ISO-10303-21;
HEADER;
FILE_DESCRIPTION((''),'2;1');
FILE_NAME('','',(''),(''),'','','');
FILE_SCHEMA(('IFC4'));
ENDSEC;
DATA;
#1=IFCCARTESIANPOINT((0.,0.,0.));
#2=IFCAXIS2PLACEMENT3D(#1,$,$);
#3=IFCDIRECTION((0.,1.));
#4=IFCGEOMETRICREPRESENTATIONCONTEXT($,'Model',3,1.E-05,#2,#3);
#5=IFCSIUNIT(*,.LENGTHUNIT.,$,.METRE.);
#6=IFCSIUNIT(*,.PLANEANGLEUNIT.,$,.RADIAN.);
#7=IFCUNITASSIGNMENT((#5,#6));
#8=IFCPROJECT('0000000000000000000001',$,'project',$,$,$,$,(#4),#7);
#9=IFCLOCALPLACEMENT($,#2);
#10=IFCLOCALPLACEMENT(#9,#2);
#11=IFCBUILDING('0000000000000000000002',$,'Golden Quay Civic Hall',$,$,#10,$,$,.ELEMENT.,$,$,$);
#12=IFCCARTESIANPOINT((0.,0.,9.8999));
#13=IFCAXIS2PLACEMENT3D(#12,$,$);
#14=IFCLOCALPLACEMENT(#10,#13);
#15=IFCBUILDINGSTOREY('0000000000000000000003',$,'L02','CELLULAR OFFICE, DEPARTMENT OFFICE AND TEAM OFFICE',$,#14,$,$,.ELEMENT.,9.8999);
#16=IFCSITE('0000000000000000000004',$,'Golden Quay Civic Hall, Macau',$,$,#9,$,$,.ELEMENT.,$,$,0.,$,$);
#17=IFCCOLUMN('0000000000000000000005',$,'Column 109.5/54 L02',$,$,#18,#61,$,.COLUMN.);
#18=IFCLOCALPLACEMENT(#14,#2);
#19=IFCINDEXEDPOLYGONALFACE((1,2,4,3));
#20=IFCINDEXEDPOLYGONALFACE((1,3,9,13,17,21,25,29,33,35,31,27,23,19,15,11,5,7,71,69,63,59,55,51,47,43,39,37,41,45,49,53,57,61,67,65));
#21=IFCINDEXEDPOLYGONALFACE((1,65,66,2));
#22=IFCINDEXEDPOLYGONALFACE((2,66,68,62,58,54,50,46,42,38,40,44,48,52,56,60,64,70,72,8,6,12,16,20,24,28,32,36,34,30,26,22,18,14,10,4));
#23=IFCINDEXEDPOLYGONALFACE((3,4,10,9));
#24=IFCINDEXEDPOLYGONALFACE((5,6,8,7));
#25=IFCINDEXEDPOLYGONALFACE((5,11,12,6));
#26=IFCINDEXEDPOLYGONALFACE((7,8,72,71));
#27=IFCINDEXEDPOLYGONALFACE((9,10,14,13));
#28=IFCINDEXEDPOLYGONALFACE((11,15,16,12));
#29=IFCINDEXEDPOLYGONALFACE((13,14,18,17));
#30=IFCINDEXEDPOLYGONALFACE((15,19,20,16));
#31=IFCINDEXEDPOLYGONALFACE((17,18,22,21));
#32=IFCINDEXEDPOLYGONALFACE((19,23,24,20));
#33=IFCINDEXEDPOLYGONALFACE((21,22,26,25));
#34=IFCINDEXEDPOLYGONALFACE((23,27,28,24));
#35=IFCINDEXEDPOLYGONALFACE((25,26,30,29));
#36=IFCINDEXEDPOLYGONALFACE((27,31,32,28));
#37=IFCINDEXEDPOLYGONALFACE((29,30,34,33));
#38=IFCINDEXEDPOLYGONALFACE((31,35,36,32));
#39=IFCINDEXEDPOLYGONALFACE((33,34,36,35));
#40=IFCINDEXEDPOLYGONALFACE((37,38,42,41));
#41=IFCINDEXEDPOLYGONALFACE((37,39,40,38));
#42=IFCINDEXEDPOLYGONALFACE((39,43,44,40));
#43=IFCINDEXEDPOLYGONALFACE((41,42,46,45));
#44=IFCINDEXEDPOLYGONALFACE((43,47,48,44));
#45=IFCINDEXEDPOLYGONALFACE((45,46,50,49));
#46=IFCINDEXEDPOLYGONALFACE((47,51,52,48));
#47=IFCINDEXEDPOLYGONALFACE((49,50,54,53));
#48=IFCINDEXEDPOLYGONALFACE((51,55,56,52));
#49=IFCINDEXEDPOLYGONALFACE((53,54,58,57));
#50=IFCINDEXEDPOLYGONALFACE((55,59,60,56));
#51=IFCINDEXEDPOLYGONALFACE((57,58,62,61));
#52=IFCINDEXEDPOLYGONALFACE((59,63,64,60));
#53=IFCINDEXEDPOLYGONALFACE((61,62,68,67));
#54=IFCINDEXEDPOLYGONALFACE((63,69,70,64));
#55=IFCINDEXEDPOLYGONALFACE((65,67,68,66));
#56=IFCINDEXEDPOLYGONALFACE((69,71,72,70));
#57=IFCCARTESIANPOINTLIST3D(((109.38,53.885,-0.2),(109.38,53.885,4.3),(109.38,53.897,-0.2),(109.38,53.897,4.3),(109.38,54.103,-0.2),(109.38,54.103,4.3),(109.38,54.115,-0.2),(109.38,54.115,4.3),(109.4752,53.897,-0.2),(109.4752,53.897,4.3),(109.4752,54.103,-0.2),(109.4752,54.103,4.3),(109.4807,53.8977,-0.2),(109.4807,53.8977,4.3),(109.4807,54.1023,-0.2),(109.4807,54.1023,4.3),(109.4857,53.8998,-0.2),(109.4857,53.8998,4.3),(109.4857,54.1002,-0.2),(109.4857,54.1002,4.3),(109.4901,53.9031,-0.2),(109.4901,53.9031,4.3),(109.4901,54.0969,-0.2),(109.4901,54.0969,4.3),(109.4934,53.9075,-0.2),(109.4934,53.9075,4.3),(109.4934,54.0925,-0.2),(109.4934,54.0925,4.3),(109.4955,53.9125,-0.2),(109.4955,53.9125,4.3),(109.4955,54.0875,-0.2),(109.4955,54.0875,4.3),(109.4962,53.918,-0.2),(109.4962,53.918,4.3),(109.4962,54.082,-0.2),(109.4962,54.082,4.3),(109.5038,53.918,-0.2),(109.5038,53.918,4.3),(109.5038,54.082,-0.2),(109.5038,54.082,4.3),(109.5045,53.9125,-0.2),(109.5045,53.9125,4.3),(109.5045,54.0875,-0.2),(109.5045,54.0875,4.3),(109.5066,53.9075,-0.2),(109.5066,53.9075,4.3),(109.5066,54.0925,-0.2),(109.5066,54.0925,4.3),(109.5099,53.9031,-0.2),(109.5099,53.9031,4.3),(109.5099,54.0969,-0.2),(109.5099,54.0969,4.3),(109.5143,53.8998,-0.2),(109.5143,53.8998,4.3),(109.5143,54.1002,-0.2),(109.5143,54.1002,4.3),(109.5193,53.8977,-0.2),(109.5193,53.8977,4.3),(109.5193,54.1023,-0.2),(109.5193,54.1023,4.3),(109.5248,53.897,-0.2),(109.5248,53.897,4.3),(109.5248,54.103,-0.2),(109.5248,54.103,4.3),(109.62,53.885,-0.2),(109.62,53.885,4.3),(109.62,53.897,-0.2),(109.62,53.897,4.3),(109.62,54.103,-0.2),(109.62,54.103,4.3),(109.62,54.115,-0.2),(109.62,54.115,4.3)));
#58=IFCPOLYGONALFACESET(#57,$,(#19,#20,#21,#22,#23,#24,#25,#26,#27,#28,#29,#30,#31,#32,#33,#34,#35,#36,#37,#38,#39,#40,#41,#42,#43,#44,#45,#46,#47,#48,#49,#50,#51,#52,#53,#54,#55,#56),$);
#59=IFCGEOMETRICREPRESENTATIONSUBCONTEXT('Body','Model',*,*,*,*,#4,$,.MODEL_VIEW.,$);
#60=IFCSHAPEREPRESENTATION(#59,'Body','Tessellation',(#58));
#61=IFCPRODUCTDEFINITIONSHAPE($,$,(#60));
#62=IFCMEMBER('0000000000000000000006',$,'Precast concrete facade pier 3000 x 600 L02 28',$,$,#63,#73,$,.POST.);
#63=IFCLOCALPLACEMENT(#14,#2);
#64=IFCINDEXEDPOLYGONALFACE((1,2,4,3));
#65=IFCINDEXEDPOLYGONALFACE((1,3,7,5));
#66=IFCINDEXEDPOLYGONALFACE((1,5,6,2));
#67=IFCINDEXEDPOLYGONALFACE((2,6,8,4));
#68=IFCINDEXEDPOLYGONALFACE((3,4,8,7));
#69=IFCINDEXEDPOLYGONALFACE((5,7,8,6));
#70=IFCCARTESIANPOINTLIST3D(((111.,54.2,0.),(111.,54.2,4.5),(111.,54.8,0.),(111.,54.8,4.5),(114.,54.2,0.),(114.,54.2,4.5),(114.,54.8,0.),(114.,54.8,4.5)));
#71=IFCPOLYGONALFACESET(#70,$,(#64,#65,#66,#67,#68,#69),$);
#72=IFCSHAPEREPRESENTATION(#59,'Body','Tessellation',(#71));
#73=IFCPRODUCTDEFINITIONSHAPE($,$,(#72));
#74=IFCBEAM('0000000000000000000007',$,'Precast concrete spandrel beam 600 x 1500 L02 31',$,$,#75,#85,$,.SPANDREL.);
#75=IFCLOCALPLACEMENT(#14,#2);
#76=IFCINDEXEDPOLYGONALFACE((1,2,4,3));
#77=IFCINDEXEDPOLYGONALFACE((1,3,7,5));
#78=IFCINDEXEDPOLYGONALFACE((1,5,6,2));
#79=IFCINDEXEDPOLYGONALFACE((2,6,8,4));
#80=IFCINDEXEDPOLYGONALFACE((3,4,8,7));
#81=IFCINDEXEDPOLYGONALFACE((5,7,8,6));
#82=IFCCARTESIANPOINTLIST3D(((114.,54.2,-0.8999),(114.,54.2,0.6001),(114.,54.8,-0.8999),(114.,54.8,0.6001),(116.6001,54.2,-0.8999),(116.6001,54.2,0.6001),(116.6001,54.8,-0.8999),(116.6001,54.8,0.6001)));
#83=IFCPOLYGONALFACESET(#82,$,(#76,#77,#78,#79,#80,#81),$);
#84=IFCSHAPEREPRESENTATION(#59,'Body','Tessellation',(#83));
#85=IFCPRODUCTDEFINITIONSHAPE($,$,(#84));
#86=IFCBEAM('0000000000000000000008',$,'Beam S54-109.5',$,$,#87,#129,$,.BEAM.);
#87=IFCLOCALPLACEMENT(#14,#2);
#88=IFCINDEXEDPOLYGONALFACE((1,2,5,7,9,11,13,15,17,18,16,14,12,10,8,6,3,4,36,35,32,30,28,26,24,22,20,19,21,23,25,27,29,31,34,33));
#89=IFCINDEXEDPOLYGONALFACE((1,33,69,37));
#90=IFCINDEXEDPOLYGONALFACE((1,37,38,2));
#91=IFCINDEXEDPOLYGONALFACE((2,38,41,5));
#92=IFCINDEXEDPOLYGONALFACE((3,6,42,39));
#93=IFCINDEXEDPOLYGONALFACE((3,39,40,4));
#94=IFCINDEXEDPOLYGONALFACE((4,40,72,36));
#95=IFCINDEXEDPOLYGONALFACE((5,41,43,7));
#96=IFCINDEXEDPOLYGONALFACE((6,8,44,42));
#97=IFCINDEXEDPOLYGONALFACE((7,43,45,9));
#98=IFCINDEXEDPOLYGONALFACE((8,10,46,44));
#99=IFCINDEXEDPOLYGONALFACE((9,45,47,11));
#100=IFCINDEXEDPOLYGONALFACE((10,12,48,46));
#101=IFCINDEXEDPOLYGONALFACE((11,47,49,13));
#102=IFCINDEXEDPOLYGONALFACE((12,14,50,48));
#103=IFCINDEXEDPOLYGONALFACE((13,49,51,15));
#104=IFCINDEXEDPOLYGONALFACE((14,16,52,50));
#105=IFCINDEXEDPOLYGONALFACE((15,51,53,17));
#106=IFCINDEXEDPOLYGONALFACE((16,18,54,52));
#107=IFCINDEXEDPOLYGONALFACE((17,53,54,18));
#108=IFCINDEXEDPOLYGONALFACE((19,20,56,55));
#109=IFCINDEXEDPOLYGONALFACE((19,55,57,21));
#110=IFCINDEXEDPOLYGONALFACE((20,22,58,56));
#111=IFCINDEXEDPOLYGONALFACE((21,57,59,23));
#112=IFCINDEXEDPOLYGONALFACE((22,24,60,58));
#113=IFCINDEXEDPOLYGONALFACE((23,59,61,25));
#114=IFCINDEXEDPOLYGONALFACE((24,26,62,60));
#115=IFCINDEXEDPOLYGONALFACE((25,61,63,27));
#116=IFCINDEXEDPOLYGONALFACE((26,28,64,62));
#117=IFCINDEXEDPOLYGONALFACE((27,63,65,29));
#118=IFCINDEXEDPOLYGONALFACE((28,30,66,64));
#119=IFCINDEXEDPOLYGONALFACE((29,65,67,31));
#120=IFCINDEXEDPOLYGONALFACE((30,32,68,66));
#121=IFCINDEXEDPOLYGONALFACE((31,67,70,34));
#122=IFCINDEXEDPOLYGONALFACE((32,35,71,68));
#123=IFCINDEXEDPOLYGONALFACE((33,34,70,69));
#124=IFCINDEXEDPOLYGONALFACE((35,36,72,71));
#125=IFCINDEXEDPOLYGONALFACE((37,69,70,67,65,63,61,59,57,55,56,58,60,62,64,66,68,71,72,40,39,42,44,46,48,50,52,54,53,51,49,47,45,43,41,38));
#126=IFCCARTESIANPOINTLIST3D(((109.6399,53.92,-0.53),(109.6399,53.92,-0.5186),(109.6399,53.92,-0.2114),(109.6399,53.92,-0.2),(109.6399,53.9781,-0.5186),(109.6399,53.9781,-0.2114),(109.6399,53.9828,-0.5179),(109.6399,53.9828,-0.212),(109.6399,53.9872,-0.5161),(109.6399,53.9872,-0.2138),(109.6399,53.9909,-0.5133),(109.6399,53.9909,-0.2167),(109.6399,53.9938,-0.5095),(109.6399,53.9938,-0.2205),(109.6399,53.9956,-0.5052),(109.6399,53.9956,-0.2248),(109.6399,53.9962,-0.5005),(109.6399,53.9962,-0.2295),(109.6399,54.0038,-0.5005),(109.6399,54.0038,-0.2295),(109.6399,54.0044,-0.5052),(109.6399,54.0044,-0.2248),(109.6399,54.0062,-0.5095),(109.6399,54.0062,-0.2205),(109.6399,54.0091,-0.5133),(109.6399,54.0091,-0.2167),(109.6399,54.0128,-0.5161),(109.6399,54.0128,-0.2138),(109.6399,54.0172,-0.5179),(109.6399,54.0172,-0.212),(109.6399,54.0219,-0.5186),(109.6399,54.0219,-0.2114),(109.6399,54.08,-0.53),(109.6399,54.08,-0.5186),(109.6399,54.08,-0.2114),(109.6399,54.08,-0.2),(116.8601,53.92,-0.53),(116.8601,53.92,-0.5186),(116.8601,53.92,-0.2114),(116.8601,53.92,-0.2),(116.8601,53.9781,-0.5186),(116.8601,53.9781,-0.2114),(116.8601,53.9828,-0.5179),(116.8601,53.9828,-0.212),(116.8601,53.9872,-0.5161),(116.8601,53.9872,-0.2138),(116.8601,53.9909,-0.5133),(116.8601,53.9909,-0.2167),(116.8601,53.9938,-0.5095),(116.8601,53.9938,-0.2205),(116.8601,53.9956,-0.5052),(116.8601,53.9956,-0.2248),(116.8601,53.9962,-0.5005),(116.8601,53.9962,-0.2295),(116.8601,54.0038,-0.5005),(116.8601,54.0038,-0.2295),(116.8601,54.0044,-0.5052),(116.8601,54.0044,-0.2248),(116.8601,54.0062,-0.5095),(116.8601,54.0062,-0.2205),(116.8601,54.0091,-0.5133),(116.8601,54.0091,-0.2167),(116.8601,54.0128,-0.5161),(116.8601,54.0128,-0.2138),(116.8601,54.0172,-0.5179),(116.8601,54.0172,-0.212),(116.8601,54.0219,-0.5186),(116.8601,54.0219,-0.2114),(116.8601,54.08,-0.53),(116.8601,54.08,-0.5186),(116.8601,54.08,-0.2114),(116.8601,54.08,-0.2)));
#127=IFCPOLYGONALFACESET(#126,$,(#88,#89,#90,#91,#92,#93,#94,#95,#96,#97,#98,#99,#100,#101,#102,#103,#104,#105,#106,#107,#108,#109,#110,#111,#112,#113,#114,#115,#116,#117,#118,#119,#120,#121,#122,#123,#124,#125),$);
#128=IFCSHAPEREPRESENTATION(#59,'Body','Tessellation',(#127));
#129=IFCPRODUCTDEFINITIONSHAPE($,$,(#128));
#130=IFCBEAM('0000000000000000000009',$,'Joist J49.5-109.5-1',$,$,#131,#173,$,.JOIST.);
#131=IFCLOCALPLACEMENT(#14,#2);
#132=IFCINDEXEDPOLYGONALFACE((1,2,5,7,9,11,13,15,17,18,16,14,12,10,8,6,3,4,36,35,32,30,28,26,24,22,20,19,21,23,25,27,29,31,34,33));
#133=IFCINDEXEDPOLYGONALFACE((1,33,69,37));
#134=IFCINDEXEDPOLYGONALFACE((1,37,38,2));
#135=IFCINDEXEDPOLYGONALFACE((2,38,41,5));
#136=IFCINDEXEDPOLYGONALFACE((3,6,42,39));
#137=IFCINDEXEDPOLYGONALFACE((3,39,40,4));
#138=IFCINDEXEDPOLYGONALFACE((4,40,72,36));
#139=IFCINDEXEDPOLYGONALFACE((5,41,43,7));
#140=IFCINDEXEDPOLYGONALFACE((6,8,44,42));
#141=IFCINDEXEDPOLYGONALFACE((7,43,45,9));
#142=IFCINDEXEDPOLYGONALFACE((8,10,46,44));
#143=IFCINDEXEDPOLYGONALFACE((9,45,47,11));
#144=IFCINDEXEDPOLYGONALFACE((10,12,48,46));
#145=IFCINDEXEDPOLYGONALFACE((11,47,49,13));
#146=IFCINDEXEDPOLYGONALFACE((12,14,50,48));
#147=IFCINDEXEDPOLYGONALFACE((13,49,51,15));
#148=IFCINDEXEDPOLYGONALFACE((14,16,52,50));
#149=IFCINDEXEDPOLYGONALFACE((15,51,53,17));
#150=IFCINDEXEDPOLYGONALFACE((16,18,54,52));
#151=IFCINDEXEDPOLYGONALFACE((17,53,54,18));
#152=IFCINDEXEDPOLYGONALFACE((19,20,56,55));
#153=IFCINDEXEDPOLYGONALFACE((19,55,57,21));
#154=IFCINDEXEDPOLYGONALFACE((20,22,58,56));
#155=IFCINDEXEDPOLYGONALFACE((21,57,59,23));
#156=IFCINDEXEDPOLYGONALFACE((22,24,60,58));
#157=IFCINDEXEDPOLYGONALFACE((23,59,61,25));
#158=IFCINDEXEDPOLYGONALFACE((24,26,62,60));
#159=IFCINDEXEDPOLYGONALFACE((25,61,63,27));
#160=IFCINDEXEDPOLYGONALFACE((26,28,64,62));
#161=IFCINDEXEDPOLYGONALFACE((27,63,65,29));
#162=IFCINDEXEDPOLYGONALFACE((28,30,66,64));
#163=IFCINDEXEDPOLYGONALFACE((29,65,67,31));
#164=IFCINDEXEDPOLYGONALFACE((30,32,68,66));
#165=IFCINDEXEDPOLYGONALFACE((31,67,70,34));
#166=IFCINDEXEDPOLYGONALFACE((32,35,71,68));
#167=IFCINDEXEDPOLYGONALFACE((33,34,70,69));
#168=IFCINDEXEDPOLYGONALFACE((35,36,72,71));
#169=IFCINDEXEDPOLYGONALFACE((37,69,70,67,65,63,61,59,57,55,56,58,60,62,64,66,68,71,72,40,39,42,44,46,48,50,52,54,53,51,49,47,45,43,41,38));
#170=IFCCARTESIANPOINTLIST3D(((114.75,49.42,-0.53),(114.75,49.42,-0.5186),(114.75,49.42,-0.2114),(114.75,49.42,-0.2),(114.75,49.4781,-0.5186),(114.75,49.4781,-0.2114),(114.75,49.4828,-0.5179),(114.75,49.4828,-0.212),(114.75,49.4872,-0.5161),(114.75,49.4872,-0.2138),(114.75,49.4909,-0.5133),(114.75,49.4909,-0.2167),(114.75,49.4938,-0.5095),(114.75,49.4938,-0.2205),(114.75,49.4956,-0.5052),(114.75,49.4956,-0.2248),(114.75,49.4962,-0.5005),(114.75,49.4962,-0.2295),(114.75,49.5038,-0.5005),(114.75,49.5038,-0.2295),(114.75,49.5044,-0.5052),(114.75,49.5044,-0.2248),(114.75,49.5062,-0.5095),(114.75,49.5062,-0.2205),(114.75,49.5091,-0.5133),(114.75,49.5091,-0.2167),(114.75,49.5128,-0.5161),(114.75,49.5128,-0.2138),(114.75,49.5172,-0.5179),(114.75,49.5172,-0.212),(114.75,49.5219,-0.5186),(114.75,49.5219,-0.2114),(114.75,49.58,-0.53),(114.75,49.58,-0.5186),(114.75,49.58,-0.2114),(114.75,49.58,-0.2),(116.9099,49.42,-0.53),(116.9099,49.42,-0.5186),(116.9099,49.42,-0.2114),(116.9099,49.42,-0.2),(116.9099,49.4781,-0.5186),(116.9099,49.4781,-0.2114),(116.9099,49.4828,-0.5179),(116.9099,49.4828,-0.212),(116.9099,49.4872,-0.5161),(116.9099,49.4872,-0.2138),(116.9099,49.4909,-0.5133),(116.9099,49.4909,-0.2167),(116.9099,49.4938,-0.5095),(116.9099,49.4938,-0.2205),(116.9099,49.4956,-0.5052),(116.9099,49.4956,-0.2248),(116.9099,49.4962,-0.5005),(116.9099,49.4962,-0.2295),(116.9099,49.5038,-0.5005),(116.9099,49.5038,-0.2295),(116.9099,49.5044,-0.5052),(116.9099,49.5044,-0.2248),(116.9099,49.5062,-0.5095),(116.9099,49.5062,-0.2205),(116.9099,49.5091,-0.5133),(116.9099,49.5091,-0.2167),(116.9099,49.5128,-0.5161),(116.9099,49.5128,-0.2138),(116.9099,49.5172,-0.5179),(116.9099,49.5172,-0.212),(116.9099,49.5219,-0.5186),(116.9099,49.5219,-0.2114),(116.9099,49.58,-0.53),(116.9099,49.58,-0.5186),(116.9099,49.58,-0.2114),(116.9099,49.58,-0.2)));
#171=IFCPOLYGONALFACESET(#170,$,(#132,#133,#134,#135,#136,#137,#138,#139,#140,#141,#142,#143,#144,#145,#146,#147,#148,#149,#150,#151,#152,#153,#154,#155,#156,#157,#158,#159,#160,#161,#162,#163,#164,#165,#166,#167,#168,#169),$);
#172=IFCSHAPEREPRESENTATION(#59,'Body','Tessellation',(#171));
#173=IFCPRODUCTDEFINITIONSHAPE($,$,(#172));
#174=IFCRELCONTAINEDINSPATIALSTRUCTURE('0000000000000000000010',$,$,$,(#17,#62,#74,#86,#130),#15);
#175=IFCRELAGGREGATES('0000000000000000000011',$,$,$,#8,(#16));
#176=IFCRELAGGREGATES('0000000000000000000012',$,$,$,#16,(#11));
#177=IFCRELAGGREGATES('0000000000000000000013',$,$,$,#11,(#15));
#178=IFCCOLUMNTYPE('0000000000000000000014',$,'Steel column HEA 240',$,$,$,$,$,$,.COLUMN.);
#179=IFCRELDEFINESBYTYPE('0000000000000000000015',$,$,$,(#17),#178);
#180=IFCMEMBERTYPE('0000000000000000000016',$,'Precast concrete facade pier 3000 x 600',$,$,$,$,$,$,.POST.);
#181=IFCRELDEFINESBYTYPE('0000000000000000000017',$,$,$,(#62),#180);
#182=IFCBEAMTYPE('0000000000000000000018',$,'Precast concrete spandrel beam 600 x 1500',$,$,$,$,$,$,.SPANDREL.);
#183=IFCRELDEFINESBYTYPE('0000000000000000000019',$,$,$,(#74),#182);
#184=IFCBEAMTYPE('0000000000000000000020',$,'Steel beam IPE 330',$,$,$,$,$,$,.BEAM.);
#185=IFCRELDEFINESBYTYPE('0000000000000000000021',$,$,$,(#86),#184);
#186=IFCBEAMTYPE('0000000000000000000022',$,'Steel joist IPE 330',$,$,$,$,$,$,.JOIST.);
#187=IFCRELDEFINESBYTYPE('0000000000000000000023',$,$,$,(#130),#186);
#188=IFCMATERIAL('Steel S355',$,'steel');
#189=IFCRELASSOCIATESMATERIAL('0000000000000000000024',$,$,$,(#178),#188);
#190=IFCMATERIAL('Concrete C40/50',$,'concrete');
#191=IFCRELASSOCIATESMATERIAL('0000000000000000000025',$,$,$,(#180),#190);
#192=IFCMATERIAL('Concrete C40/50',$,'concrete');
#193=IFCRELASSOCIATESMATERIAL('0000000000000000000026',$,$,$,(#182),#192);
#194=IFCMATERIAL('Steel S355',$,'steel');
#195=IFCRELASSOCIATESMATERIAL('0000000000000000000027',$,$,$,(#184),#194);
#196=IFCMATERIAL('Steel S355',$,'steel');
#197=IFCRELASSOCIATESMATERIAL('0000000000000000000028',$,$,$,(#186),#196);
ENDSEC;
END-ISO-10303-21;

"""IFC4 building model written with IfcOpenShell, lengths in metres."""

from ifc_helpers import new_model, si_unit, direction, frame, origin, origin_2d, place, context, subcontext, project, spatial, rectangle, i_section, extrude, material, material_profile, profile_set, type_object, element, save


model = new_model("IFC4")

# Units and contexts
model_context = context("Model", 3, precision=1e-05, world=origin(), true_north=direction((0.0, 1.0)))
body_context = subcontext(model_context, "Body", "Model", "MODEL_VIEW")
ifc_project = project(units=[si_unit("LENGTHUNIT", "METRE"), si_unit("PLANEANGLEUNIT", "RADIAN")], contexts=[model_context])

# Site, building, storey
site_placement = place(None, origin())
site = spatial("IfcSite", under=ifc_project, at=site_placement, Name="Golden Quay Civic Hall, Macau", CompositionType="ELEMENT", RefElevation=0.0)
building_placement = place(site_placement, origin())
building = spatial("IfcBuilding", under=site, at=building_placement, Name="Golden Quay Civic Hall", CompositionType="ELEMENT")
storey_placement = place(building_placement, frame((0.0, 0.0, 9.8999)))
storey = spatial("IfcBuildingStorey", under=building, at=storey_placement, Name="L02", Description="CELLULAR OFFICE, DEPARTMENT OFFICE AND TEAM OFFICE", CompositionType="ELEMENT", Elevation=9.8999)

# Column
ifc_material_1 = material(Name="Steel S355", Category="steel")
ifc_material_profile_1 = material_profile(ifc_material_1, i_section(OverallWidth=0.24, OverallDepth=0.23, WebThickness=0.0076, FlangeThickness=0.012, FilletRadius=0.021, at=origin_2d()), Name="HEA 240")
ifc_profile_set_1 = profile_set([ifc_material_profile_1], Name="Steel S355")
column_type = type_object("IfcColumnType", Name="Steel column HEA 240", PredefinedType="COLUMN", material=ifc_profile_set_1)
column_placement = place(storey_placement, frame((109.5, 54.0, -0.2), z_axis=(0.0, 0.0, 1.0), x_axis=(1.0, 0.0, 0.0)))
element("IfcColumn", 1, at=column_placement, inside=storey, type_object=column_type, Name="Column 109.5/54 L02", PredefinedType="COLUMN", context=body_context, shape_type="SweptSolid", body=[
    extrude(i_section(OverallWidth=0.24, OverallDepth=0.23, WebThickness=0.0076, FlangeThickness=0.012, FilletRadius=0.021, at=origin_2d()), origin(), (0.0, 0.0, 1.0), 4.5),
])

# Member
ifc_material_2 = material(Name="Concrete C40/50", Category="concrete")
ifc_material_profile_2 = material_profile(ifc_material_2, rectangle(XDim=3.0, YDim=0.6001, at=origin_2d()), Name="RC 3000x600")
ifc_profile_set_2 = profile_set([ifc_material_profile_2], Name="Concrete C40/50")
member_type = type_object("IfcMemberType", Name="Precast concrete facade pier 3000 x 600", PredefinedType="POST", material=ifc_profile_set_2)
member_placement = place(storey_placement, frame((112.5, 54.5, 0.0), z_axis=(0.0, 0.0, 1.0), x_axis=(1.0, 0.0, 0.0)))
element("IfcMember", 2, at=member_placement, inside=storey, type_object=member_type, Name="Precast concrete facade pier 3000 x 600 L02 28", PredefinedType="POST", context=body_context, shape_type="SweptSolid", body=[
    extrude(rectangle(XDim=3.0, YDim=0.6001, at=origin_2d()), origin(), (0.0, 0.0, 1.0), 4.5),
])

# Beams
ifc_material_3 = material(Name="Concrete C40/50", Category="concrete")
ifc_material_profile_3 = material_profile(ifc_material_3, rectangle(XDim=0.6001, YDim=1.5, at=origin_2d()), Name="RC 600x1500")
ifc_profile_set_3 = profile_set([ifc_material_profile_3], Name="Concrete C40/50")
beam_type_1 = type_object("IfcBeamType", Name="Precast concrete spandrel beam 600 x 1500", PredefinedType="SPANDREL", material=ifc_profile_set_3)
beam_1_placement = place(storey_placement, frame((114.0, 54.5, -0.1499), z_axis=(1.0, 0.0, 0.0), x_axis=(0.0, 1.0, 0.0)))
element("IfcBeam", 3, at=beam_1_placement, inside=storey, type_object=beam_type_1, Name="Precast concrete spandrel beam 600 x 1500 L02 31", PredefinedType="SPANDREL", context=body_context, shape_type="SweptSolid", body=[
    extrude(rectangle(XDim=0.6001, YDim=1.5, at=origin_2d()), origin(), (0.0, 0.0, 1.0), 2.6001),
])
ifc_material_4 = material(Name="Steel S355", Category="steel")
ifc_material_profile_4 = material_profile(ifc_material_4, i_section(OverallWidth=0.1599, OverallDepth=0.3301, WebThickness=0.0076, FlangeThickness=0.0115, FilletRadius=0.0181, at=origin_2d()), Name="IPE 330")
ifc_profile_set_4 = profile_set([ifc_material_profile_4], Name="Steel S355")
beam_type_2 = type_object("IfcBeamType", Name="Steel beam IPE 330", PredefinedType="BEAM", material=ifc_profile_set_4)
beam_2_placement = place(storey_placement, frame((109.6399, 54.0, -0.365), z_axis=(1.0, 0.0, 0.0), x_axis=(0.0, 1.0, 0.0)))
element("IfcBeam", 4, at=beam_2_placement, inside=storey, type_object=beam_type_2, Name="Beam S54-109.5", PredefinedType="BEAM", context=body_context, shape_type="SweptSolid", body=[
    extrude(i_section(OverallWidth=0.1599, OverallDepth=0.3301, WebThickness=0.0076, FlangeThickness=0.0115, FilletRadius=0.0181, at=origin_2d()), origin(), (0.0, 0.0, 1.0), 7.2202),
])
ifc_material_5 = material(Name="Steel S355", Category="steel")
ifc_material_profile_5 = material_profile(ifc_material_5, i_section(OverallWidth=0.1599, OverallDepth=0.3301, WebThickness=0.0076, FlangeThickness=0.0115, FilletRadius=0.0181, at=origin_2d()), Name="IPE 330")
ifc_profile_set_5 = profile_set([ifc_material_profile_5], Name="Steel S355")
beam_type_3 = type_object("IfcBeamType", Name="Steel joist IPE 330", PredefinedType="JOIST", material=ifc_profile_set_5)
beam_3_placement = place(storey_placement, frame((114.75, 49.5, -0.365), z_axis=(1.0, 0.0, 0.0), x_axis=(0.0, 1.0, 0.0)))
element("IfcBeam", 5, at=beam_3_placement, inside=storey, type_object=beam_type_3, Name="Joist J49.5-109.5-1", PredefinedType="JOIST", context=body_context, shape_type="SweptSolid", body=[
    extrude(i_section(OverallWidth=0.1599, OverallDepth=0.3301, WebThickness=0.0076, FlangeThickness=0.0115, FilletRadius=0.0181, at=origin_2d()), origin(), (0.0, 0.0, 1.0), 2.1599),
])

save(model, "model.ifc")
